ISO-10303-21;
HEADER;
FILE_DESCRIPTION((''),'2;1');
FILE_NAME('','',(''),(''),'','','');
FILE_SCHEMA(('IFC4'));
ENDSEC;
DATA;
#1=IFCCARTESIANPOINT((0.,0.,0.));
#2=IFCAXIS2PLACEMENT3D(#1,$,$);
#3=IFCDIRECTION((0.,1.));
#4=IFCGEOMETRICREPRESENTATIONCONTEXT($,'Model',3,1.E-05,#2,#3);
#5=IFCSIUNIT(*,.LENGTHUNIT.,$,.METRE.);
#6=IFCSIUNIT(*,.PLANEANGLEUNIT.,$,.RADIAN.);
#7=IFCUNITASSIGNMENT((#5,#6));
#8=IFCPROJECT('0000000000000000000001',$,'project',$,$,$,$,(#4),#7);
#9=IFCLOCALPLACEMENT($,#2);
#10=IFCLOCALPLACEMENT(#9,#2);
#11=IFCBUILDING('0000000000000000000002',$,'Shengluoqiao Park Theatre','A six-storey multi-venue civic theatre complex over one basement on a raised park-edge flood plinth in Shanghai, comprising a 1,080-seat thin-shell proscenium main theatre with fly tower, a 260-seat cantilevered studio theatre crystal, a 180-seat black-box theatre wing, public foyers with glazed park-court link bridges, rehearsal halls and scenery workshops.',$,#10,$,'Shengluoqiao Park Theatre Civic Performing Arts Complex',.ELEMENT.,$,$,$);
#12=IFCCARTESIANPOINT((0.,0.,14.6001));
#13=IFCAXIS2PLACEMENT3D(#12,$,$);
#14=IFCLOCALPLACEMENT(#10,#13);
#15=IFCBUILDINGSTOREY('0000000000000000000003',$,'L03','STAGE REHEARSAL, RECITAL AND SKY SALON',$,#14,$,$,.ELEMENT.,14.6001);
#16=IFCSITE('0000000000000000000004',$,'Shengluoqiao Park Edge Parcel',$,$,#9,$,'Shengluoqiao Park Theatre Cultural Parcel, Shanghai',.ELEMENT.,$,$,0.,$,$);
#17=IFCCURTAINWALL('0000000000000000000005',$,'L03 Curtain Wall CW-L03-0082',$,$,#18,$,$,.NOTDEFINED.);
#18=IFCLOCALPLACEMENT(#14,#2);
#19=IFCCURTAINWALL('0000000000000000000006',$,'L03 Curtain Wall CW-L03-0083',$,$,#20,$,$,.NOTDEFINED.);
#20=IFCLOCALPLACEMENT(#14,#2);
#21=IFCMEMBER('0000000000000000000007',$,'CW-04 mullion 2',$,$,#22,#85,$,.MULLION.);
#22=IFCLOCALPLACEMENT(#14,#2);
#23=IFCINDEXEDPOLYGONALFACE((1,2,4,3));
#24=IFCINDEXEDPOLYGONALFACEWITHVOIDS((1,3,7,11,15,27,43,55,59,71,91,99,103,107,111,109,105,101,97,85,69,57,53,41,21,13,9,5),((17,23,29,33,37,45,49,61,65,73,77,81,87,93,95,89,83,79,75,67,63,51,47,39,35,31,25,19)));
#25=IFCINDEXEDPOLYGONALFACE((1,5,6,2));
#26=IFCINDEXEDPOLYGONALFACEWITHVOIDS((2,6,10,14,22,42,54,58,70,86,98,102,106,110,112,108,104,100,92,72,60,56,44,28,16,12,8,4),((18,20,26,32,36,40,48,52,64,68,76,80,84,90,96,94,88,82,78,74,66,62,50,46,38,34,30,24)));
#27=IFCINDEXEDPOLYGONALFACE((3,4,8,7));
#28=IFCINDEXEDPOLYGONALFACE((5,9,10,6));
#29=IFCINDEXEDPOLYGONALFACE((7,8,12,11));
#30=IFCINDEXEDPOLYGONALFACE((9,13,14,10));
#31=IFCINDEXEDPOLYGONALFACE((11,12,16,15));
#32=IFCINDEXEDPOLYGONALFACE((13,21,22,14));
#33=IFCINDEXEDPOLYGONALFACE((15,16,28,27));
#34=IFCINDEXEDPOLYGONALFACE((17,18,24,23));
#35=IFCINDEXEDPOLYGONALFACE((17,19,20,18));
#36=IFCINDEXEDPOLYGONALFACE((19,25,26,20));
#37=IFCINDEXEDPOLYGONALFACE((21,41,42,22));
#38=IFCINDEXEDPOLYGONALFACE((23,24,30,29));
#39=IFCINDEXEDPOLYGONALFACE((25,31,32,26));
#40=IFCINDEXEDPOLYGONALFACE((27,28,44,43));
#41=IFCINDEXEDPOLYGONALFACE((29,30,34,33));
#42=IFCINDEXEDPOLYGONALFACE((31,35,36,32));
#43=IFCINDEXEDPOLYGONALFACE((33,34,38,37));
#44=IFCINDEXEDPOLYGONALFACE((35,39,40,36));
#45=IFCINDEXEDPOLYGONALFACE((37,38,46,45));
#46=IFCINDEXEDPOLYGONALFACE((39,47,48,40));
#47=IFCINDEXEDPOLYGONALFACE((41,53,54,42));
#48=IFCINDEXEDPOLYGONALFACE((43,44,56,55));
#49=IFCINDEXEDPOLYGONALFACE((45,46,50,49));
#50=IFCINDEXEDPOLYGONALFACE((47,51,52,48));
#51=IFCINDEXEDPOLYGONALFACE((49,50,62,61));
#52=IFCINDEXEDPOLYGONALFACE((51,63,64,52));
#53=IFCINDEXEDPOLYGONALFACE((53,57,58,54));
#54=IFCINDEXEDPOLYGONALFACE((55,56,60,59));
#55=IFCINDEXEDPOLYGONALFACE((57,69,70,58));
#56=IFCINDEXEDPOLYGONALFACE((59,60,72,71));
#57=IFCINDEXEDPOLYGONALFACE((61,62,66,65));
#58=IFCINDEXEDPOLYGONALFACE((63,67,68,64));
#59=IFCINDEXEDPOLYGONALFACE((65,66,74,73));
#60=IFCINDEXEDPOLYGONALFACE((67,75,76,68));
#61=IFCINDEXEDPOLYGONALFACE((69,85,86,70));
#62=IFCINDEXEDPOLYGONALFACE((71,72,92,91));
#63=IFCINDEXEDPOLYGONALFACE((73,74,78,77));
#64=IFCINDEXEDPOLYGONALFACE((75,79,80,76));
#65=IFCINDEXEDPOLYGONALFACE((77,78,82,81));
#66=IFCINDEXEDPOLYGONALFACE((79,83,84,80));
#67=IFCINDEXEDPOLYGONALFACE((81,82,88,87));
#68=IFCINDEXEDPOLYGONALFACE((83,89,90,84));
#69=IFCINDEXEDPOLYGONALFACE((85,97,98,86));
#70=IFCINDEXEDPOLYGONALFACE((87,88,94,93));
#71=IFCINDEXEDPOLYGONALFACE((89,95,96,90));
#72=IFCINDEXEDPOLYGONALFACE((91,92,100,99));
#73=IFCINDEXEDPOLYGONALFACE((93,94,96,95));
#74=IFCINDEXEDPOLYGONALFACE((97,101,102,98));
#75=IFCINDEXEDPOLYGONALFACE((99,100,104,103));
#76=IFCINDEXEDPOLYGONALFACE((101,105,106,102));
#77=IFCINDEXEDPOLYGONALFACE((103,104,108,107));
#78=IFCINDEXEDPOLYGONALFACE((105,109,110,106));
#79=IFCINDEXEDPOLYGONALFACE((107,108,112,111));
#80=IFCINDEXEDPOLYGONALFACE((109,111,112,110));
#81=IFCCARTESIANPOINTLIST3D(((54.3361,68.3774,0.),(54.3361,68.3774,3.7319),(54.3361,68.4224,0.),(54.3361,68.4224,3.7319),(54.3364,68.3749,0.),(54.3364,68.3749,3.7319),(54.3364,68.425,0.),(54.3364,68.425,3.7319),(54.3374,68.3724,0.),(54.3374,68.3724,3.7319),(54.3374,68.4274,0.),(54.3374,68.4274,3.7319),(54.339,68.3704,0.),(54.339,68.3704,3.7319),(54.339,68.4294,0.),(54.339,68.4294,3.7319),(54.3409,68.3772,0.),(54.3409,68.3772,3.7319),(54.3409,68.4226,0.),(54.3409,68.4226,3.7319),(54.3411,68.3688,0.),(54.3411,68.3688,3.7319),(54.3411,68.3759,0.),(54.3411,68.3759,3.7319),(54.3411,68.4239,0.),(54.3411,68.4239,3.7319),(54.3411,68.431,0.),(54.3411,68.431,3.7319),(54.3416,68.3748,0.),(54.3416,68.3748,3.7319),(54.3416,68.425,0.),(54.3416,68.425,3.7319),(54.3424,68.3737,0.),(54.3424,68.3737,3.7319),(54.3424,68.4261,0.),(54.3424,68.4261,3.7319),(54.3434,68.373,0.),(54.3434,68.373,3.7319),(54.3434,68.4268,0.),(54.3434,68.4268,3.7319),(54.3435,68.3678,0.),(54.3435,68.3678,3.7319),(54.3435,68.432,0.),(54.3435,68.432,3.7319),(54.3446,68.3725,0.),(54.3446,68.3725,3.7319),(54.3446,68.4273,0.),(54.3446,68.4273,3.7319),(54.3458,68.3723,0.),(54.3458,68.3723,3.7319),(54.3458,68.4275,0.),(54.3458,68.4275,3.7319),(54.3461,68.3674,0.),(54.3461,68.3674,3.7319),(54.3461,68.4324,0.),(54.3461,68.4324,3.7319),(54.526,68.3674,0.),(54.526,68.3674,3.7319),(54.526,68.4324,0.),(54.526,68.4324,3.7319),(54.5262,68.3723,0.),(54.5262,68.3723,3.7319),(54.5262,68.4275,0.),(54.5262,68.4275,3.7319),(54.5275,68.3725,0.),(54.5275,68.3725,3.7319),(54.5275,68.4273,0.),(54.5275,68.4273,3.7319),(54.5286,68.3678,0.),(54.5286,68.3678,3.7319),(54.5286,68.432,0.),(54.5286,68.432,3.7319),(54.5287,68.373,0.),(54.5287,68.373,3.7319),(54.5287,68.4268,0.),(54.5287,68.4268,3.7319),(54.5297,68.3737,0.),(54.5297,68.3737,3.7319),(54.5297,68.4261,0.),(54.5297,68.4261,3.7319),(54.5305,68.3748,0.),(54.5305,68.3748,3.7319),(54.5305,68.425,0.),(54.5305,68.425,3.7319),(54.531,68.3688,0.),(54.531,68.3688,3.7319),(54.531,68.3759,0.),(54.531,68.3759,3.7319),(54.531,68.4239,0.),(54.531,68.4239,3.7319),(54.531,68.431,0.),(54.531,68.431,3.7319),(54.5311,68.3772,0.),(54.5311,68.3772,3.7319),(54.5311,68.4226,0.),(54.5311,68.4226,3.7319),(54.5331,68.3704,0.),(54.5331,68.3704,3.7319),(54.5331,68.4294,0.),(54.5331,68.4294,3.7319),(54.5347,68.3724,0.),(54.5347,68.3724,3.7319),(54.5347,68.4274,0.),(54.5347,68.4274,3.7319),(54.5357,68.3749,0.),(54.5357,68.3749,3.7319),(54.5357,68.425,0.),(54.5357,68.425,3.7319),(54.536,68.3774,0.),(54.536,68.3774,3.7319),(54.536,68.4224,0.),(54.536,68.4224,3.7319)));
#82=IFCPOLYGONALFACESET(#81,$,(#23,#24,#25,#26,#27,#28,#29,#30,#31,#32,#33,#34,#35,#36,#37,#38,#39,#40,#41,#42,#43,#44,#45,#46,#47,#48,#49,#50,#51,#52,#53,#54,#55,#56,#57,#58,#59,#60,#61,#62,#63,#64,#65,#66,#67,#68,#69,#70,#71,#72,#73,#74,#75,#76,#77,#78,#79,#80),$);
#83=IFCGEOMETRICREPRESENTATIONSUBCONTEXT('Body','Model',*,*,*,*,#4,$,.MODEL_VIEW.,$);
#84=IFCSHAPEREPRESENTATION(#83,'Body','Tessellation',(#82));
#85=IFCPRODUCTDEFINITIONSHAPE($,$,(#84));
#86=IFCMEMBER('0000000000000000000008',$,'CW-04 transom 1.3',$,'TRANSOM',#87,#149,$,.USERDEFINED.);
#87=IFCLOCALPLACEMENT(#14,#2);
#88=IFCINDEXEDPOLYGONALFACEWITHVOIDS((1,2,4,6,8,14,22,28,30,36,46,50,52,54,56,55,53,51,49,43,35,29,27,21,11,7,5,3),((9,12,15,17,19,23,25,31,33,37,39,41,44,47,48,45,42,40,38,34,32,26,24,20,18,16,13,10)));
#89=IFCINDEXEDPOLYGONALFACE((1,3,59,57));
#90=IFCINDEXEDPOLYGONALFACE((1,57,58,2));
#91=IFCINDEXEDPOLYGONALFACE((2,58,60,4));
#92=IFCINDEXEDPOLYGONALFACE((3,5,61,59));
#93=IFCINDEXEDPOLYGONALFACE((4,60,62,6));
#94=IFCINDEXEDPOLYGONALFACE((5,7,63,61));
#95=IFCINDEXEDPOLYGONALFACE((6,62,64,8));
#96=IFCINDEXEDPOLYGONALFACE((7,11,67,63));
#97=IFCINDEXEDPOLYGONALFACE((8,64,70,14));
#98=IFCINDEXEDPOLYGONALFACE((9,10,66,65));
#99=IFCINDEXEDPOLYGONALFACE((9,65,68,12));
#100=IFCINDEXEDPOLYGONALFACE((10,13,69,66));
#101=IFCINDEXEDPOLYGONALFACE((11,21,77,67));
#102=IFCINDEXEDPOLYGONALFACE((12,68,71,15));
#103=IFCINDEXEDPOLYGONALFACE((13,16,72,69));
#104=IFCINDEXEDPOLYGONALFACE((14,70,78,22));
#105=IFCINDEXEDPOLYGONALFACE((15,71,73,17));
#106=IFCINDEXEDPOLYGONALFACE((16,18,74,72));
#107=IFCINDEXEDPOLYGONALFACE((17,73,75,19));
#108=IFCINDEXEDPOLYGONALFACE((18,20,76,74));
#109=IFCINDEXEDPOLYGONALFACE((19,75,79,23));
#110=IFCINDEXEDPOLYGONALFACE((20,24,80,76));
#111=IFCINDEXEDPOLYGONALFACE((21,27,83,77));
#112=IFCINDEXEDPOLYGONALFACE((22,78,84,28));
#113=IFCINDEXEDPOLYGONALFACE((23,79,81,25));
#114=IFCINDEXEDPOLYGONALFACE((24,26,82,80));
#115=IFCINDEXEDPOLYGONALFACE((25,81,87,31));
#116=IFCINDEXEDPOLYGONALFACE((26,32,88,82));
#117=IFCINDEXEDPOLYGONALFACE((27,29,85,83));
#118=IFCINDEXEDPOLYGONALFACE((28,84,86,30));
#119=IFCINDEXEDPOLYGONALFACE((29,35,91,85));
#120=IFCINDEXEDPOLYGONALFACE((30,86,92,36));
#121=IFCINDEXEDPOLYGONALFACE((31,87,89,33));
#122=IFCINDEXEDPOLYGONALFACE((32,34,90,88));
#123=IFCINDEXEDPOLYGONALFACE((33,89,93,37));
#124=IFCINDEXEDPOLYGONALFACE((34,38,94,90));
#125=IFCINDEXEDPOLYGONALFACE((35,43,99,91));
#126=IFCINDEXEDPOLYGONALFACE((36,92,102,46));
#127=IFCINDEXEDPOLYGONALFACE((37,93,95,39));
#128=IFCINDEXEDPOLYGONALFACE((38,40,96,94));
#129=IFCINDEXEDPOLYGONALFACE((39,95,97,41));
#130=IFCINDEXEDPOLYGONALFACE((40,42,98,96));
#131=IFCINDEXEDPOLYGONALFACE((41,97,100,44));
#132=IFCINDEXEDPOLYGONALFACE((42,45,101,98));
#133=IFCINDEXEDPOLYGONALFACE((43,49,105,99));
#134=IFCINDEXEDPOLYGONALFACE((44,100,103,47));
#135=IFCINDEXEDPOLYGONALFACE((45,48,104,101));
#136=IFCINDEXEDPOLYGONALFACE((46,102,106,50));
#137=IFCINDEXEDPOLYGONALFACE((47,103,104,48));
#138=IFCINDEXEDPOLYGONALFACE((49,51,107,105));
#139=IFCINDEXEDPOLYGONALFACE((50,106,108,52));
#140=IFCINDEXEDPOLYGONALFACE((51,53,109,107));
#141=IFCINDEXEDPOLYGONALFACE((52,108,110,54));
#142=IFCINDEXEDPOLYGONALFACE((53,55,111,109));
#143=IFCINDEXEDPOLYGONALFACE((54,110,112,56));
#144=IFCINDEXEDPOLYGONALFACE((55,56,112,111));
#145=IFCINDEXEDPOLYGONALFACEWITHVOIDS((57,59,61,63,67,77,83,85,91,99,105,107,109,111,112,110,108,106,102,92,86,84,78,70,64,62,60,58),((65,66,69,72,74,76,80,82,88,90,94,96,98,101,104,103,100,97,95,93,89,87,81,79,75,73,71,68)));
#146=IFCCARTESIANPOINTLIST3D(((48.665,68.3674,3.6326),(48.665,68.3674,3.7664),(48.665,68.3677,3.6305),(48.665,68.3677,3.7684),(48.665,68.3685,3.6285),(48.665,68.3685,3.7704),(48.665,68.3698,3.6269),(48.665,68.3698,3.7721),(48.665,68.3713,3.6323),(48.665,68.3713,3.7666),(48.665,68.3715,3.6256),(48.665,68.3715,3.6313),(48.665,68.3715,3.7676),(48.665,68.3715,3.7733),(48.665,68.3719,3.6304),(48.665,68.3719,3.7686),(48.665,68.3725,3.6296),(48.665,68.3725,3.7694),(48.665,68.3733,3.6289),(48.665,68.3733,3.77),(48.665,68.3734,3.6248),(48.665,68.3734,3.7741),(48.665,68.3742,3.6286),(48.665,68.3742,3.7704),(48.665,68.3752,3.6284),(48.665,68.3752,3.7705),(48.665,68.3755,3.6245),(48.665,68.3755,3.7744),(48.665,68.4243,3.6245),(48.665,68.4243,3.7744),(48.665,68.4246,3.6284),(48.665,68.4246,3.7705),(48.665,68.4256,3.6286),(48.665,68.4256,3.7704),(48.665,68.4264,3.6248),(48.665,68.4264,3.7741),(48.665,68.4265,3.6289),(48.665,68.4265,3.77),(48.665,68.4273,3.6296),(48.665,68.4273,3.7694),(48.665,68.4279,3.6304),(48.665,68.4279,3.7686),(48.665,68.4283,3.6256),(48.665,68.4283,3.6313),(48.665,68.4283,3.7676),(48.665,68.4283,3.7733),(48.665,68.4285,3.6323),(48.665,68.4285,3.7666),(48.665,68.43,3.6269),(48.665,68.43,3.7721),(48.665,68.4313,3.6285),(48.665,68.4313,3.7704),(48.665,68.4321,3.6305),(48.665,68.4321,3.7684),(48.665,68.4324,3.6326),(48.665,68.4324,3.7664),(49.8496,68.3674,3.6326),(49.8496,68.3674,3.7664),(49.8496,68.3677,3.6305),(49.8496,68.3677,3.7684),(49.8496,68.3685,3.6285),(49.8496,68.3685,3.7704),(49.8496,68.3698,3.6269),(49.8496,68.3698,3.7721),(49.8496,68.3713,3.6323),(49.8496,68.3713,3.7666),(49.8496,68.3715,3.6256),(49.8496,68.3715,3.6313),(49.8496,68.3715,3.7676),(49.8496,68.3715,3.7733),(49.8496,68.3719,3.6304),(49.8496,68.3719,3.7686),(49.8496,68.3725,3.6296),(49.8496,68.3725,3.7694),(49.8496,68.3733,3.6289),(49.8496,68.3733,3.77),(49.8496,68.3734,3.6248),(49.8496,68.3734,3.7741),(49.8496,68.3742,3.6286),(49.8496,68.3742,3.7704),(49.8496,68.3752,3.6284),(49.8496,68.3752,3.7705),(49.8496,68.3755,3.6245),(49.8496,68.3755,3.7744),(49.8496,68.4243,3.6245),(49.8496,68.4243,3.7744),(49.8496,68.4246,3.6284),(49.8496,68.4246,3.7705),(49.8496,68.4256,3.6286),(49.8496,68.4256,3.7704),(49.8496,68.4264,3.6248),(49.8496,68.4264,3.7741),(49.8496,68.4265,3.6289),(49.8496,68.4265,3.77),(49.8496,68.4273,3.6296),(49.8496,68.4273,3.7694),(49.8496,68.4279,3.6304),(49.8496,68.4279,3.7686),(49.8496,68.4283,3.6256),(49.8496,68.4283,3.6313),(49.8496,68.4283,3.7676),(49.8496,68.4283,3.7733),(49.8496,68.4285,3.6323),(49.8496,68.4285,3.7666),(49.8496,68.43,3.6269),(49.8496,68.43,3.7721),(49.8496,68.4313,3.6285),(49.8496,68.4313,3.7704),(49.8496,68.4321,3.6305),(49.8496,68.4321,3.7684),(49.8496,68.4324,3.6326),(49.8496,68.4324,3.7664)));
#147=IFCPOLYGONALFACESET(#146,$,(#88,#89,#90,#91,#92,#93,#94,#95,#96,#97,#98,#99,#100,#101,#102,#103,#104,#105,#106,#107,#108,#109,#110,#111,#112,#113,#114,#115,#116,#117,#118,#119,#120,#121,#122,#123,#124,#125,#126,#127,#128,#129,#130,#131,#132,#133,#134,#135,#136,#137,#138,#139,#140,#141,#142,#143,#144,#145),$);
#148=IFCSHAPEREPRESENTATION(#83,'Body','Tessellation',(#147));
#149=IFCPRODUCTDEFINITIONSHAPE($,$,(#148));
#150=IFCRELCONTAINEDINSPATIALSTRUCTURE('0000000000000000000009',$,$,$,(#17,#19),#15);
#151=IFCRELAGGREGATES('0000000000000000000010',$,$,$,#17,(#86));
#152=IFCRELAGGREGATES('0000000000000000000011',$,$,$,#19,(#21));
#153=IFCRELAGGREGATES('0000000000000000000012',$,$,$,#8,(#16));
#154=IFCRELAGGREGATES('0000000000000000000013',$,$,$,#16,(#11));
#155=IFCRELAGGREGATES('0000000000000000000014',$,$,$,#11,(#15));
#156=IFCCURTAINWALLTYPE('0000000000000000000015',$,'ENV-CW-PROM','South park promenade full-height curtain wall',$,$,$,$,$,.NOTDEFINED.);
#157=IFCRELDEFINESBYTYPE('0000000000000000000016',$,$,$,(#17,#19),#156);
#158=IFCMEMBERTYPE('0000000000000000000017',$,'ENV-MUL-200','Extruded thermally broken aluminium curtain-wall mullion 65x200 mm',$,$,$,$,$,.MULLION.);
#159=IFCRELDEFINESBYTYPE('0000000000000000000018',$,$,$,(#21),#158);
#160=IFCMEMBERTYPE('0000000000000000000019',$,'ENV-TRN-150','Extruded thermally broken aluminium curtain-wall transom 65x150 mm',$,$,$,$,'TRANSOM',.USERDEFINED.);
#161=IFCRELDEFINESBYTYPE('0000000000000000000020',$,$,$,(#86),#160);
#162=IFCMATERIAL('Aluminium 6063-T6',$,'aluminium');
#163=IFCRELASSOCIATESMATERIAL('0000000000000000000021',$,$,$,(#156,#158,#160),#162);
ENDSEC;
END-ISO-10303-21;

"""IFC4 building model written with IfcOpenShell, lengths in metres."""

from ifc_helpers import new_model, si_unit, direction, frame, origin, origin_2d, place, context, subcontext, project, spatial, hollow_rectangle, extrude, material, material_profile, profile_set, type_object, element, aggregate, save


model = new_model("IFC4")

# Units and contexts
model_context = context("Model", 3, precision=1e-05, world=origin(), true_north=direction((0.0, 1.0)))
body_context = subcontext(model_context, "Body", "Model", "MODEL_VIEW")
ifc_project = project(units=[si_unit("LENGTHUNIT", "METRE"), si_unit("PLANEANGLEUNIT", "RADIAN")], contexts=[model_context])

# Site, building, storey
site_placement = place(None, origin())
site = spatial("IfcSite", under=ifc_project, at=site_placement, Name="Shengluoqiao Park Edge Parcel", LongName="Shengluoqiao Park Theatre Cultural Parcel, Shanghai", CompositionType="ELEMENT", RefElevation=0.0)
building_placement = place(site_placement, origin())
building = spatial("IfcBuilding", under=site, at=building_placement, Name="Shengluoqiao Park Theatre", Description="A six-storey multi-venue civic theatre complex over one basement on a raised park-edge flood plinth in Shanghai, comprising a 1,080-seat thin-shell proscenium main theatre with fly tower, a 260-seat cantilevered studio theatre crystal, a 180-seat black-box theatre wing, public foyers with glazed park-court link bridges, rehearsal halls and scenery workshops.", LongName="Shengluoqiao Park Theatre Civic Performing Arts Complex", CompositionType="ELEMENT")
storey_placement = place(building_placement, frame((0.0, 0.0, 14.6001)))
storey = spatial("IfcBuildingStorey", under=building, at=storey_placement, Name="L03", Description="STAGE REHEARSAL, RECITAL AND SKY SALON", CompositionType="ELEMENT", Elevation=14.6001)

# Curtain walls, member
ifc_material_1 = material(Name="Aluminium 6063-T6", Category="aluminium")
curtain_wall_type = type_object("IfcCurtainWallType", Name="ENV-CW-PROM", Description="South park promenade full-height curtain wall", PredefinedType="NOTDEFINED", material=ifc_material_1)
curtain_wall_1_placement = place(storey_placement, origin())
curtain_wall_1 = element("IfcCurtainWall", 1, at=curtain_wall_1_placement, inside=storey, type_object=curtain_wall_type, Name="L03 Curtain Wall CW-L03-0082", PredefinedType="NOTDEFINED")
ifc_material_profile_1 = material_profile(ifc_material_1, hollow_rectangle(XDim=0.0649, YDim=0.2, WallThickness=0.0049, InnerFilletRadius=0.0049, OuterFilletRadius=0.01, at=origin_2d()), Name="ALU MULLION 200x65x5")
ifc_profile_set_1 = profile_set([ifc_material_profile_1], Name="Aluminium 6063-T6")
member_type_1 = type_object("IfcMemberType", Name="ENV-MUL-200", Description="Extruded thermally broken aluminium curtain-wall mullion 65x200 mm", PredefinedType="MULLION", material=ifc_profile_set_1)
curtain_wall_2_placement = place(storey_placement, origin())
curtain_wall_2 = element("IfcCurtainWall", 2, at=curtain_wall_2_placement, inside=storey, type_object=curtain_wall_type, Name="L03 Curtain Wall CW-L03-0083", PredefinedType="NOTDEFINED")
member_1_placement = place(storey_placement, frame((54.436, 68.3999, 0.0), z_axis=(0.0, 0.0, 1.0), x_axis=(0.0, 1.0, 0.0)))
member_1 = element("IfcMember", 3, at=member_1_placement, type_object=member_type_1, Name="CW-04 mullion 2", PredefinedType="MULLION", context=body_context, shape_type="SweptSolid", body=[
    extrude(hollow_rectangle(XDim=0.0649, YDim=0.2, WallThickness=0.0049, InnerFilletRadius=0.0049, OuterFilletRadius=0.01, at=origin_2d()), origin(), (0.0, 0.0, 1.0), 3.7319),
])

# Member
ifc_material_profile_2 = material_profile(ifc_material_1, hollow_rectangle(XDim=0.0649, YDim=0.1499, WallThickness=0.0039, InnerFilletRadius=0.0039, OuterFilletRadius=0.0081, at=origin_2d()), Name="ALU TRANSOM 150x65x4")
ifc_profile_set_2 = profile_set([ifc_material_profile_2], Name="Aluminium 6063-T6")
member_type_2 = type_object("IfcMemberType", Name="ENV-TRN-150", Description="Extruded thermally broken aluminium curtain-wall transom 65x150 mm", ElementType="TRANSOM", PredefinedType="USERDEFINED", material=ifc_profile_set_2)
member_2_placement = place(storey_placement, frame((48.665, 68.3999, 3.6995), z_axis=(1.0, 0.0, 0.0), x_axis=(0.0, 1.0, 0.0)))
member_2 = element("IfcMember", 4, at=member_2_placement, type_object=member_type_2, Name="CW-04 transom 1.3", ObjectType="TRANSOM", PredefinedType="USERDEFINED", context=body_context, shape_type="SweptSolid", body=[
    extrude(hollow_rectangle(XDim=0.0649, YDim=0.1499, WallThickness=0.0039, InnerFilletRadius=0.0039, OuterFilletRadius=0.0081, at=origin_2d()), origin(), (0.0, 0.0, 1.0), 1.1846),
])

aggregate(curtain_wall_1, [member_2])
aggregate(curtain_wall_2, [member_1])

save(model, "model.ifc")
